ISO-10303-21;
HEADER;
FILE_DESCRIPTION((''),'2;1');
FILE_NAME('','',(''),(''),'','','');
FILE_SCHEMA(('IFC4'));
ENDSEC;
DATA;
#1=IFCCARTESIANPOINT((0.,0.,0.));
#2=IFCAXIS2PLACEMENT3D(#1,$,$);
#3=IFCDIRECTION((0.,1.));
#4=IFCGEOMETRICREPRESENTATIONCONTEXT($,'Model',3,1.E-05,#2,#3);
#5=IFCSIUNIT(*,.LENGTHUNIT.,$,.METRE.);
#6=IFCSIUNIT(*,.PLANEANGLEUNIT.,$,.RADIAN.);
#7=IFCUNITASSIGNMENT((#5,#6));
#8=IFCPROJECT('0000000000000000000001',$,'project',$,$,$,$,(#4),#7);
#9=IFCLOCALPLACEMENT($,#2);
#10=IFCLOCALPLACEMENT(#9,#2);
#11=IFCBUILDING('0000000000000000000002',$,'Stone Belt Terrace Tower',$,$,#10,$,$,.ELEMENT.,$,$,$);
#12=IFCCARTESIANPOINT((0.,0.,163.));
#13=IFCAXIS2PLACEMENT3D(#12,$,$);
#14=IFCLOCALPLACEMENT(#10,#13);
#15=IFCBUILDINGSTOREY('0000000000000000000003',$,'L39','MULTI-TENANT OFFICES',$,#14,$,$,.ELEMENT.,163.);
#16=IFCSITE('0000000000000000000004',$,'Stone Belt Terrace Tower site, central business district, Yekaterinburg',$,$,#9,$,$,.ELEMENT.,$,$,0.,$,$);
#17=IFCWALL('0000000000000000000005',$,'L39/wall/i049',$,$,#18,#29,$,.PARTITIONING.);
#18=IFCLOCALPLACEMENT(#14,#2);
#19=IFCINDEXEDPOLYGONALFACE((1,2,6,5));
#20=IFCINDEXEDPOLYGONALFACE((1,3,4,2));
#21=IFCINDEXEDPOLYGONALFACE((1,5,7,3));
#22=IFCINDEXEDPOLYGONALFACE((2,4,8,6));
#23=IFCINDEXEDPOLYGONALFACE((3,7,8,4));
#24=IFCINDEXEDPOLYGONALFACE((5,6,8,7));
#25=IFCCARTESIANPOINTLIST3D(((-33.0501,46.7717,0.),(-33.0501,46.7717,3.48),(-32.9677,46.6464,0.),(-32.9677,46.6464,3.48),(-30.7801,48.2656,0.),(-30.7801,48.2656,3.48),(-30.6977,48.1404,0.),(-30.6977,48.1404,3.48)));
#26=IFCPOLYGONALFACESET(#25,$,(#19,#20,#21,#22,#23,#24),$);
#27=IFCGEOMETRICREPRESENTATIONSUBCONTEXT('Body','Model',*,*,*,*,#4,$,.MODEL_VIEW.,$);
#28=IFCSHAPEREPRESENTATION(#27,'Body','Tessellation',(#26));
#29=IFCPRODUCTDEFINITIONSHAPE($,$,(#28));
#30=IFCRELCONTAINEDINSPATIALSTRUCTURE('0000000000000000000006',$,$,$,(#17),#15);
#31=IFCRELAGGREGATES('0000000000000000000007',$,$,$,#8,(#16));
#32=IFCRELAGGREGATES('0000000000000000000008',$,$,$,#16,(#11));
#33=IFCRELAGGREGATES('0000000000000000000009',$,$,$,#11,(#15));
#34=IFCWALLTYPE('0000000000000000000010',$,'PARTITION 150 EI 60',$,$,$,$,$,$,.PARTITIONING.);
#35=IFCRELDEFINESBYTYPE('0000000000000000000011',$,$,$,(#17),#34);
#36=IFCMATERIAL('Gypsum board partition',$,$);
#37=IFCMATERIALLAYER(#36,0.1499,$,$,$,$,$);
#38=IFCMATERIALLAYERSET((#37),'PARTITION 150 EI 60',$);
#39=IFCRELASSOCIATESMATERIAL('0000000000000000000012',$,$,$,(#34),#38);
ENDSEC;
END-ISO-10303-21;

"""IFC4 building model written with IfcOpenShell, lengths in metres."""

from ifc_helpers import new_model, si_unit, direction, frame, frame_2d, origin, place, context, subcontext, project, spatial, rectangle, extrude, material, layer, layer_set, type_object, element, save


model = new_model("IFC4")

# Units and contexts
model_context = context("Model", 3, precision=1e-05, world=origin(), true_north=direction((0.0, 1.0)))
body_context = subcontext(model_context, "Body", "Model", "MODEL_VIEW")
ifc_project = project(units=[si_unit("LENGTHUNIT", "METRE"), si_unit("PLANEANGLEUNIT", "RADIAN")], contexts=[model_context])

# Site, building, storey
site_placement = place(None, origin())
site = spatial("IfcSite", under=ifc_project, at=site_placement, Name="Stone Belt Terrace Tower site, central business district, Yekaterinburg", CompositionType="ELEMENT", RefElevation=0.0)
building_placement = place(site_placement, origin())
building = spatial("IfcBuilding", under=site, at=building_placement, Name="Stone Belt Terrace Tower", CompositionType="ELEMENT")
storey_placement = place(building_placement, frame((0.0, 0.0, 163.0)))
storey = spatial("IfcBuildingStorey", under=building, at=storey_placement, Name="L39", Description="MULTI-TENANT OFFICES", CompositionType="ELEMENT", Elevation=163.0)

# Shared definitions
ifc_material_1 = material(Name="Gypsum board partition")

# Shared definitions
ifc_layer_1 = layer(ifc_material_1, 0.1499)
ifc_layer_set_1 = layer_set([ifc_layer_1], Name="PARTITION 150 EI 60")
wall_type_1 = type_object("IfcWallType", Name="PARTITION 150 EI 60", PredefinedType="PARTITIONING", material=ifc_layer_set_1)

# Wall
wall_1_placement = place(storey_placement, frame((-33.009, 46.709, 0.0), z_axis=(0.0, 0.0, 1.0), x_axis=(0.835339, 0.549735, 0.0)))
element("IfcWall", 1, at=wall_1_placement, inside=storey, type_object=wall_type_1, Name="L39/wall/i049", PredefinedType="PARTITIONING", context=body_context, shape_type="SweptSolid", body=[
    extrude(rectangle(XDim=2.7175, YDim=0.1499, at=frame_2d((1.3589, 0.0))), origin(), (0.0, 0.0, 1.0), 3.48),
])

save(model, "model.ifc")
